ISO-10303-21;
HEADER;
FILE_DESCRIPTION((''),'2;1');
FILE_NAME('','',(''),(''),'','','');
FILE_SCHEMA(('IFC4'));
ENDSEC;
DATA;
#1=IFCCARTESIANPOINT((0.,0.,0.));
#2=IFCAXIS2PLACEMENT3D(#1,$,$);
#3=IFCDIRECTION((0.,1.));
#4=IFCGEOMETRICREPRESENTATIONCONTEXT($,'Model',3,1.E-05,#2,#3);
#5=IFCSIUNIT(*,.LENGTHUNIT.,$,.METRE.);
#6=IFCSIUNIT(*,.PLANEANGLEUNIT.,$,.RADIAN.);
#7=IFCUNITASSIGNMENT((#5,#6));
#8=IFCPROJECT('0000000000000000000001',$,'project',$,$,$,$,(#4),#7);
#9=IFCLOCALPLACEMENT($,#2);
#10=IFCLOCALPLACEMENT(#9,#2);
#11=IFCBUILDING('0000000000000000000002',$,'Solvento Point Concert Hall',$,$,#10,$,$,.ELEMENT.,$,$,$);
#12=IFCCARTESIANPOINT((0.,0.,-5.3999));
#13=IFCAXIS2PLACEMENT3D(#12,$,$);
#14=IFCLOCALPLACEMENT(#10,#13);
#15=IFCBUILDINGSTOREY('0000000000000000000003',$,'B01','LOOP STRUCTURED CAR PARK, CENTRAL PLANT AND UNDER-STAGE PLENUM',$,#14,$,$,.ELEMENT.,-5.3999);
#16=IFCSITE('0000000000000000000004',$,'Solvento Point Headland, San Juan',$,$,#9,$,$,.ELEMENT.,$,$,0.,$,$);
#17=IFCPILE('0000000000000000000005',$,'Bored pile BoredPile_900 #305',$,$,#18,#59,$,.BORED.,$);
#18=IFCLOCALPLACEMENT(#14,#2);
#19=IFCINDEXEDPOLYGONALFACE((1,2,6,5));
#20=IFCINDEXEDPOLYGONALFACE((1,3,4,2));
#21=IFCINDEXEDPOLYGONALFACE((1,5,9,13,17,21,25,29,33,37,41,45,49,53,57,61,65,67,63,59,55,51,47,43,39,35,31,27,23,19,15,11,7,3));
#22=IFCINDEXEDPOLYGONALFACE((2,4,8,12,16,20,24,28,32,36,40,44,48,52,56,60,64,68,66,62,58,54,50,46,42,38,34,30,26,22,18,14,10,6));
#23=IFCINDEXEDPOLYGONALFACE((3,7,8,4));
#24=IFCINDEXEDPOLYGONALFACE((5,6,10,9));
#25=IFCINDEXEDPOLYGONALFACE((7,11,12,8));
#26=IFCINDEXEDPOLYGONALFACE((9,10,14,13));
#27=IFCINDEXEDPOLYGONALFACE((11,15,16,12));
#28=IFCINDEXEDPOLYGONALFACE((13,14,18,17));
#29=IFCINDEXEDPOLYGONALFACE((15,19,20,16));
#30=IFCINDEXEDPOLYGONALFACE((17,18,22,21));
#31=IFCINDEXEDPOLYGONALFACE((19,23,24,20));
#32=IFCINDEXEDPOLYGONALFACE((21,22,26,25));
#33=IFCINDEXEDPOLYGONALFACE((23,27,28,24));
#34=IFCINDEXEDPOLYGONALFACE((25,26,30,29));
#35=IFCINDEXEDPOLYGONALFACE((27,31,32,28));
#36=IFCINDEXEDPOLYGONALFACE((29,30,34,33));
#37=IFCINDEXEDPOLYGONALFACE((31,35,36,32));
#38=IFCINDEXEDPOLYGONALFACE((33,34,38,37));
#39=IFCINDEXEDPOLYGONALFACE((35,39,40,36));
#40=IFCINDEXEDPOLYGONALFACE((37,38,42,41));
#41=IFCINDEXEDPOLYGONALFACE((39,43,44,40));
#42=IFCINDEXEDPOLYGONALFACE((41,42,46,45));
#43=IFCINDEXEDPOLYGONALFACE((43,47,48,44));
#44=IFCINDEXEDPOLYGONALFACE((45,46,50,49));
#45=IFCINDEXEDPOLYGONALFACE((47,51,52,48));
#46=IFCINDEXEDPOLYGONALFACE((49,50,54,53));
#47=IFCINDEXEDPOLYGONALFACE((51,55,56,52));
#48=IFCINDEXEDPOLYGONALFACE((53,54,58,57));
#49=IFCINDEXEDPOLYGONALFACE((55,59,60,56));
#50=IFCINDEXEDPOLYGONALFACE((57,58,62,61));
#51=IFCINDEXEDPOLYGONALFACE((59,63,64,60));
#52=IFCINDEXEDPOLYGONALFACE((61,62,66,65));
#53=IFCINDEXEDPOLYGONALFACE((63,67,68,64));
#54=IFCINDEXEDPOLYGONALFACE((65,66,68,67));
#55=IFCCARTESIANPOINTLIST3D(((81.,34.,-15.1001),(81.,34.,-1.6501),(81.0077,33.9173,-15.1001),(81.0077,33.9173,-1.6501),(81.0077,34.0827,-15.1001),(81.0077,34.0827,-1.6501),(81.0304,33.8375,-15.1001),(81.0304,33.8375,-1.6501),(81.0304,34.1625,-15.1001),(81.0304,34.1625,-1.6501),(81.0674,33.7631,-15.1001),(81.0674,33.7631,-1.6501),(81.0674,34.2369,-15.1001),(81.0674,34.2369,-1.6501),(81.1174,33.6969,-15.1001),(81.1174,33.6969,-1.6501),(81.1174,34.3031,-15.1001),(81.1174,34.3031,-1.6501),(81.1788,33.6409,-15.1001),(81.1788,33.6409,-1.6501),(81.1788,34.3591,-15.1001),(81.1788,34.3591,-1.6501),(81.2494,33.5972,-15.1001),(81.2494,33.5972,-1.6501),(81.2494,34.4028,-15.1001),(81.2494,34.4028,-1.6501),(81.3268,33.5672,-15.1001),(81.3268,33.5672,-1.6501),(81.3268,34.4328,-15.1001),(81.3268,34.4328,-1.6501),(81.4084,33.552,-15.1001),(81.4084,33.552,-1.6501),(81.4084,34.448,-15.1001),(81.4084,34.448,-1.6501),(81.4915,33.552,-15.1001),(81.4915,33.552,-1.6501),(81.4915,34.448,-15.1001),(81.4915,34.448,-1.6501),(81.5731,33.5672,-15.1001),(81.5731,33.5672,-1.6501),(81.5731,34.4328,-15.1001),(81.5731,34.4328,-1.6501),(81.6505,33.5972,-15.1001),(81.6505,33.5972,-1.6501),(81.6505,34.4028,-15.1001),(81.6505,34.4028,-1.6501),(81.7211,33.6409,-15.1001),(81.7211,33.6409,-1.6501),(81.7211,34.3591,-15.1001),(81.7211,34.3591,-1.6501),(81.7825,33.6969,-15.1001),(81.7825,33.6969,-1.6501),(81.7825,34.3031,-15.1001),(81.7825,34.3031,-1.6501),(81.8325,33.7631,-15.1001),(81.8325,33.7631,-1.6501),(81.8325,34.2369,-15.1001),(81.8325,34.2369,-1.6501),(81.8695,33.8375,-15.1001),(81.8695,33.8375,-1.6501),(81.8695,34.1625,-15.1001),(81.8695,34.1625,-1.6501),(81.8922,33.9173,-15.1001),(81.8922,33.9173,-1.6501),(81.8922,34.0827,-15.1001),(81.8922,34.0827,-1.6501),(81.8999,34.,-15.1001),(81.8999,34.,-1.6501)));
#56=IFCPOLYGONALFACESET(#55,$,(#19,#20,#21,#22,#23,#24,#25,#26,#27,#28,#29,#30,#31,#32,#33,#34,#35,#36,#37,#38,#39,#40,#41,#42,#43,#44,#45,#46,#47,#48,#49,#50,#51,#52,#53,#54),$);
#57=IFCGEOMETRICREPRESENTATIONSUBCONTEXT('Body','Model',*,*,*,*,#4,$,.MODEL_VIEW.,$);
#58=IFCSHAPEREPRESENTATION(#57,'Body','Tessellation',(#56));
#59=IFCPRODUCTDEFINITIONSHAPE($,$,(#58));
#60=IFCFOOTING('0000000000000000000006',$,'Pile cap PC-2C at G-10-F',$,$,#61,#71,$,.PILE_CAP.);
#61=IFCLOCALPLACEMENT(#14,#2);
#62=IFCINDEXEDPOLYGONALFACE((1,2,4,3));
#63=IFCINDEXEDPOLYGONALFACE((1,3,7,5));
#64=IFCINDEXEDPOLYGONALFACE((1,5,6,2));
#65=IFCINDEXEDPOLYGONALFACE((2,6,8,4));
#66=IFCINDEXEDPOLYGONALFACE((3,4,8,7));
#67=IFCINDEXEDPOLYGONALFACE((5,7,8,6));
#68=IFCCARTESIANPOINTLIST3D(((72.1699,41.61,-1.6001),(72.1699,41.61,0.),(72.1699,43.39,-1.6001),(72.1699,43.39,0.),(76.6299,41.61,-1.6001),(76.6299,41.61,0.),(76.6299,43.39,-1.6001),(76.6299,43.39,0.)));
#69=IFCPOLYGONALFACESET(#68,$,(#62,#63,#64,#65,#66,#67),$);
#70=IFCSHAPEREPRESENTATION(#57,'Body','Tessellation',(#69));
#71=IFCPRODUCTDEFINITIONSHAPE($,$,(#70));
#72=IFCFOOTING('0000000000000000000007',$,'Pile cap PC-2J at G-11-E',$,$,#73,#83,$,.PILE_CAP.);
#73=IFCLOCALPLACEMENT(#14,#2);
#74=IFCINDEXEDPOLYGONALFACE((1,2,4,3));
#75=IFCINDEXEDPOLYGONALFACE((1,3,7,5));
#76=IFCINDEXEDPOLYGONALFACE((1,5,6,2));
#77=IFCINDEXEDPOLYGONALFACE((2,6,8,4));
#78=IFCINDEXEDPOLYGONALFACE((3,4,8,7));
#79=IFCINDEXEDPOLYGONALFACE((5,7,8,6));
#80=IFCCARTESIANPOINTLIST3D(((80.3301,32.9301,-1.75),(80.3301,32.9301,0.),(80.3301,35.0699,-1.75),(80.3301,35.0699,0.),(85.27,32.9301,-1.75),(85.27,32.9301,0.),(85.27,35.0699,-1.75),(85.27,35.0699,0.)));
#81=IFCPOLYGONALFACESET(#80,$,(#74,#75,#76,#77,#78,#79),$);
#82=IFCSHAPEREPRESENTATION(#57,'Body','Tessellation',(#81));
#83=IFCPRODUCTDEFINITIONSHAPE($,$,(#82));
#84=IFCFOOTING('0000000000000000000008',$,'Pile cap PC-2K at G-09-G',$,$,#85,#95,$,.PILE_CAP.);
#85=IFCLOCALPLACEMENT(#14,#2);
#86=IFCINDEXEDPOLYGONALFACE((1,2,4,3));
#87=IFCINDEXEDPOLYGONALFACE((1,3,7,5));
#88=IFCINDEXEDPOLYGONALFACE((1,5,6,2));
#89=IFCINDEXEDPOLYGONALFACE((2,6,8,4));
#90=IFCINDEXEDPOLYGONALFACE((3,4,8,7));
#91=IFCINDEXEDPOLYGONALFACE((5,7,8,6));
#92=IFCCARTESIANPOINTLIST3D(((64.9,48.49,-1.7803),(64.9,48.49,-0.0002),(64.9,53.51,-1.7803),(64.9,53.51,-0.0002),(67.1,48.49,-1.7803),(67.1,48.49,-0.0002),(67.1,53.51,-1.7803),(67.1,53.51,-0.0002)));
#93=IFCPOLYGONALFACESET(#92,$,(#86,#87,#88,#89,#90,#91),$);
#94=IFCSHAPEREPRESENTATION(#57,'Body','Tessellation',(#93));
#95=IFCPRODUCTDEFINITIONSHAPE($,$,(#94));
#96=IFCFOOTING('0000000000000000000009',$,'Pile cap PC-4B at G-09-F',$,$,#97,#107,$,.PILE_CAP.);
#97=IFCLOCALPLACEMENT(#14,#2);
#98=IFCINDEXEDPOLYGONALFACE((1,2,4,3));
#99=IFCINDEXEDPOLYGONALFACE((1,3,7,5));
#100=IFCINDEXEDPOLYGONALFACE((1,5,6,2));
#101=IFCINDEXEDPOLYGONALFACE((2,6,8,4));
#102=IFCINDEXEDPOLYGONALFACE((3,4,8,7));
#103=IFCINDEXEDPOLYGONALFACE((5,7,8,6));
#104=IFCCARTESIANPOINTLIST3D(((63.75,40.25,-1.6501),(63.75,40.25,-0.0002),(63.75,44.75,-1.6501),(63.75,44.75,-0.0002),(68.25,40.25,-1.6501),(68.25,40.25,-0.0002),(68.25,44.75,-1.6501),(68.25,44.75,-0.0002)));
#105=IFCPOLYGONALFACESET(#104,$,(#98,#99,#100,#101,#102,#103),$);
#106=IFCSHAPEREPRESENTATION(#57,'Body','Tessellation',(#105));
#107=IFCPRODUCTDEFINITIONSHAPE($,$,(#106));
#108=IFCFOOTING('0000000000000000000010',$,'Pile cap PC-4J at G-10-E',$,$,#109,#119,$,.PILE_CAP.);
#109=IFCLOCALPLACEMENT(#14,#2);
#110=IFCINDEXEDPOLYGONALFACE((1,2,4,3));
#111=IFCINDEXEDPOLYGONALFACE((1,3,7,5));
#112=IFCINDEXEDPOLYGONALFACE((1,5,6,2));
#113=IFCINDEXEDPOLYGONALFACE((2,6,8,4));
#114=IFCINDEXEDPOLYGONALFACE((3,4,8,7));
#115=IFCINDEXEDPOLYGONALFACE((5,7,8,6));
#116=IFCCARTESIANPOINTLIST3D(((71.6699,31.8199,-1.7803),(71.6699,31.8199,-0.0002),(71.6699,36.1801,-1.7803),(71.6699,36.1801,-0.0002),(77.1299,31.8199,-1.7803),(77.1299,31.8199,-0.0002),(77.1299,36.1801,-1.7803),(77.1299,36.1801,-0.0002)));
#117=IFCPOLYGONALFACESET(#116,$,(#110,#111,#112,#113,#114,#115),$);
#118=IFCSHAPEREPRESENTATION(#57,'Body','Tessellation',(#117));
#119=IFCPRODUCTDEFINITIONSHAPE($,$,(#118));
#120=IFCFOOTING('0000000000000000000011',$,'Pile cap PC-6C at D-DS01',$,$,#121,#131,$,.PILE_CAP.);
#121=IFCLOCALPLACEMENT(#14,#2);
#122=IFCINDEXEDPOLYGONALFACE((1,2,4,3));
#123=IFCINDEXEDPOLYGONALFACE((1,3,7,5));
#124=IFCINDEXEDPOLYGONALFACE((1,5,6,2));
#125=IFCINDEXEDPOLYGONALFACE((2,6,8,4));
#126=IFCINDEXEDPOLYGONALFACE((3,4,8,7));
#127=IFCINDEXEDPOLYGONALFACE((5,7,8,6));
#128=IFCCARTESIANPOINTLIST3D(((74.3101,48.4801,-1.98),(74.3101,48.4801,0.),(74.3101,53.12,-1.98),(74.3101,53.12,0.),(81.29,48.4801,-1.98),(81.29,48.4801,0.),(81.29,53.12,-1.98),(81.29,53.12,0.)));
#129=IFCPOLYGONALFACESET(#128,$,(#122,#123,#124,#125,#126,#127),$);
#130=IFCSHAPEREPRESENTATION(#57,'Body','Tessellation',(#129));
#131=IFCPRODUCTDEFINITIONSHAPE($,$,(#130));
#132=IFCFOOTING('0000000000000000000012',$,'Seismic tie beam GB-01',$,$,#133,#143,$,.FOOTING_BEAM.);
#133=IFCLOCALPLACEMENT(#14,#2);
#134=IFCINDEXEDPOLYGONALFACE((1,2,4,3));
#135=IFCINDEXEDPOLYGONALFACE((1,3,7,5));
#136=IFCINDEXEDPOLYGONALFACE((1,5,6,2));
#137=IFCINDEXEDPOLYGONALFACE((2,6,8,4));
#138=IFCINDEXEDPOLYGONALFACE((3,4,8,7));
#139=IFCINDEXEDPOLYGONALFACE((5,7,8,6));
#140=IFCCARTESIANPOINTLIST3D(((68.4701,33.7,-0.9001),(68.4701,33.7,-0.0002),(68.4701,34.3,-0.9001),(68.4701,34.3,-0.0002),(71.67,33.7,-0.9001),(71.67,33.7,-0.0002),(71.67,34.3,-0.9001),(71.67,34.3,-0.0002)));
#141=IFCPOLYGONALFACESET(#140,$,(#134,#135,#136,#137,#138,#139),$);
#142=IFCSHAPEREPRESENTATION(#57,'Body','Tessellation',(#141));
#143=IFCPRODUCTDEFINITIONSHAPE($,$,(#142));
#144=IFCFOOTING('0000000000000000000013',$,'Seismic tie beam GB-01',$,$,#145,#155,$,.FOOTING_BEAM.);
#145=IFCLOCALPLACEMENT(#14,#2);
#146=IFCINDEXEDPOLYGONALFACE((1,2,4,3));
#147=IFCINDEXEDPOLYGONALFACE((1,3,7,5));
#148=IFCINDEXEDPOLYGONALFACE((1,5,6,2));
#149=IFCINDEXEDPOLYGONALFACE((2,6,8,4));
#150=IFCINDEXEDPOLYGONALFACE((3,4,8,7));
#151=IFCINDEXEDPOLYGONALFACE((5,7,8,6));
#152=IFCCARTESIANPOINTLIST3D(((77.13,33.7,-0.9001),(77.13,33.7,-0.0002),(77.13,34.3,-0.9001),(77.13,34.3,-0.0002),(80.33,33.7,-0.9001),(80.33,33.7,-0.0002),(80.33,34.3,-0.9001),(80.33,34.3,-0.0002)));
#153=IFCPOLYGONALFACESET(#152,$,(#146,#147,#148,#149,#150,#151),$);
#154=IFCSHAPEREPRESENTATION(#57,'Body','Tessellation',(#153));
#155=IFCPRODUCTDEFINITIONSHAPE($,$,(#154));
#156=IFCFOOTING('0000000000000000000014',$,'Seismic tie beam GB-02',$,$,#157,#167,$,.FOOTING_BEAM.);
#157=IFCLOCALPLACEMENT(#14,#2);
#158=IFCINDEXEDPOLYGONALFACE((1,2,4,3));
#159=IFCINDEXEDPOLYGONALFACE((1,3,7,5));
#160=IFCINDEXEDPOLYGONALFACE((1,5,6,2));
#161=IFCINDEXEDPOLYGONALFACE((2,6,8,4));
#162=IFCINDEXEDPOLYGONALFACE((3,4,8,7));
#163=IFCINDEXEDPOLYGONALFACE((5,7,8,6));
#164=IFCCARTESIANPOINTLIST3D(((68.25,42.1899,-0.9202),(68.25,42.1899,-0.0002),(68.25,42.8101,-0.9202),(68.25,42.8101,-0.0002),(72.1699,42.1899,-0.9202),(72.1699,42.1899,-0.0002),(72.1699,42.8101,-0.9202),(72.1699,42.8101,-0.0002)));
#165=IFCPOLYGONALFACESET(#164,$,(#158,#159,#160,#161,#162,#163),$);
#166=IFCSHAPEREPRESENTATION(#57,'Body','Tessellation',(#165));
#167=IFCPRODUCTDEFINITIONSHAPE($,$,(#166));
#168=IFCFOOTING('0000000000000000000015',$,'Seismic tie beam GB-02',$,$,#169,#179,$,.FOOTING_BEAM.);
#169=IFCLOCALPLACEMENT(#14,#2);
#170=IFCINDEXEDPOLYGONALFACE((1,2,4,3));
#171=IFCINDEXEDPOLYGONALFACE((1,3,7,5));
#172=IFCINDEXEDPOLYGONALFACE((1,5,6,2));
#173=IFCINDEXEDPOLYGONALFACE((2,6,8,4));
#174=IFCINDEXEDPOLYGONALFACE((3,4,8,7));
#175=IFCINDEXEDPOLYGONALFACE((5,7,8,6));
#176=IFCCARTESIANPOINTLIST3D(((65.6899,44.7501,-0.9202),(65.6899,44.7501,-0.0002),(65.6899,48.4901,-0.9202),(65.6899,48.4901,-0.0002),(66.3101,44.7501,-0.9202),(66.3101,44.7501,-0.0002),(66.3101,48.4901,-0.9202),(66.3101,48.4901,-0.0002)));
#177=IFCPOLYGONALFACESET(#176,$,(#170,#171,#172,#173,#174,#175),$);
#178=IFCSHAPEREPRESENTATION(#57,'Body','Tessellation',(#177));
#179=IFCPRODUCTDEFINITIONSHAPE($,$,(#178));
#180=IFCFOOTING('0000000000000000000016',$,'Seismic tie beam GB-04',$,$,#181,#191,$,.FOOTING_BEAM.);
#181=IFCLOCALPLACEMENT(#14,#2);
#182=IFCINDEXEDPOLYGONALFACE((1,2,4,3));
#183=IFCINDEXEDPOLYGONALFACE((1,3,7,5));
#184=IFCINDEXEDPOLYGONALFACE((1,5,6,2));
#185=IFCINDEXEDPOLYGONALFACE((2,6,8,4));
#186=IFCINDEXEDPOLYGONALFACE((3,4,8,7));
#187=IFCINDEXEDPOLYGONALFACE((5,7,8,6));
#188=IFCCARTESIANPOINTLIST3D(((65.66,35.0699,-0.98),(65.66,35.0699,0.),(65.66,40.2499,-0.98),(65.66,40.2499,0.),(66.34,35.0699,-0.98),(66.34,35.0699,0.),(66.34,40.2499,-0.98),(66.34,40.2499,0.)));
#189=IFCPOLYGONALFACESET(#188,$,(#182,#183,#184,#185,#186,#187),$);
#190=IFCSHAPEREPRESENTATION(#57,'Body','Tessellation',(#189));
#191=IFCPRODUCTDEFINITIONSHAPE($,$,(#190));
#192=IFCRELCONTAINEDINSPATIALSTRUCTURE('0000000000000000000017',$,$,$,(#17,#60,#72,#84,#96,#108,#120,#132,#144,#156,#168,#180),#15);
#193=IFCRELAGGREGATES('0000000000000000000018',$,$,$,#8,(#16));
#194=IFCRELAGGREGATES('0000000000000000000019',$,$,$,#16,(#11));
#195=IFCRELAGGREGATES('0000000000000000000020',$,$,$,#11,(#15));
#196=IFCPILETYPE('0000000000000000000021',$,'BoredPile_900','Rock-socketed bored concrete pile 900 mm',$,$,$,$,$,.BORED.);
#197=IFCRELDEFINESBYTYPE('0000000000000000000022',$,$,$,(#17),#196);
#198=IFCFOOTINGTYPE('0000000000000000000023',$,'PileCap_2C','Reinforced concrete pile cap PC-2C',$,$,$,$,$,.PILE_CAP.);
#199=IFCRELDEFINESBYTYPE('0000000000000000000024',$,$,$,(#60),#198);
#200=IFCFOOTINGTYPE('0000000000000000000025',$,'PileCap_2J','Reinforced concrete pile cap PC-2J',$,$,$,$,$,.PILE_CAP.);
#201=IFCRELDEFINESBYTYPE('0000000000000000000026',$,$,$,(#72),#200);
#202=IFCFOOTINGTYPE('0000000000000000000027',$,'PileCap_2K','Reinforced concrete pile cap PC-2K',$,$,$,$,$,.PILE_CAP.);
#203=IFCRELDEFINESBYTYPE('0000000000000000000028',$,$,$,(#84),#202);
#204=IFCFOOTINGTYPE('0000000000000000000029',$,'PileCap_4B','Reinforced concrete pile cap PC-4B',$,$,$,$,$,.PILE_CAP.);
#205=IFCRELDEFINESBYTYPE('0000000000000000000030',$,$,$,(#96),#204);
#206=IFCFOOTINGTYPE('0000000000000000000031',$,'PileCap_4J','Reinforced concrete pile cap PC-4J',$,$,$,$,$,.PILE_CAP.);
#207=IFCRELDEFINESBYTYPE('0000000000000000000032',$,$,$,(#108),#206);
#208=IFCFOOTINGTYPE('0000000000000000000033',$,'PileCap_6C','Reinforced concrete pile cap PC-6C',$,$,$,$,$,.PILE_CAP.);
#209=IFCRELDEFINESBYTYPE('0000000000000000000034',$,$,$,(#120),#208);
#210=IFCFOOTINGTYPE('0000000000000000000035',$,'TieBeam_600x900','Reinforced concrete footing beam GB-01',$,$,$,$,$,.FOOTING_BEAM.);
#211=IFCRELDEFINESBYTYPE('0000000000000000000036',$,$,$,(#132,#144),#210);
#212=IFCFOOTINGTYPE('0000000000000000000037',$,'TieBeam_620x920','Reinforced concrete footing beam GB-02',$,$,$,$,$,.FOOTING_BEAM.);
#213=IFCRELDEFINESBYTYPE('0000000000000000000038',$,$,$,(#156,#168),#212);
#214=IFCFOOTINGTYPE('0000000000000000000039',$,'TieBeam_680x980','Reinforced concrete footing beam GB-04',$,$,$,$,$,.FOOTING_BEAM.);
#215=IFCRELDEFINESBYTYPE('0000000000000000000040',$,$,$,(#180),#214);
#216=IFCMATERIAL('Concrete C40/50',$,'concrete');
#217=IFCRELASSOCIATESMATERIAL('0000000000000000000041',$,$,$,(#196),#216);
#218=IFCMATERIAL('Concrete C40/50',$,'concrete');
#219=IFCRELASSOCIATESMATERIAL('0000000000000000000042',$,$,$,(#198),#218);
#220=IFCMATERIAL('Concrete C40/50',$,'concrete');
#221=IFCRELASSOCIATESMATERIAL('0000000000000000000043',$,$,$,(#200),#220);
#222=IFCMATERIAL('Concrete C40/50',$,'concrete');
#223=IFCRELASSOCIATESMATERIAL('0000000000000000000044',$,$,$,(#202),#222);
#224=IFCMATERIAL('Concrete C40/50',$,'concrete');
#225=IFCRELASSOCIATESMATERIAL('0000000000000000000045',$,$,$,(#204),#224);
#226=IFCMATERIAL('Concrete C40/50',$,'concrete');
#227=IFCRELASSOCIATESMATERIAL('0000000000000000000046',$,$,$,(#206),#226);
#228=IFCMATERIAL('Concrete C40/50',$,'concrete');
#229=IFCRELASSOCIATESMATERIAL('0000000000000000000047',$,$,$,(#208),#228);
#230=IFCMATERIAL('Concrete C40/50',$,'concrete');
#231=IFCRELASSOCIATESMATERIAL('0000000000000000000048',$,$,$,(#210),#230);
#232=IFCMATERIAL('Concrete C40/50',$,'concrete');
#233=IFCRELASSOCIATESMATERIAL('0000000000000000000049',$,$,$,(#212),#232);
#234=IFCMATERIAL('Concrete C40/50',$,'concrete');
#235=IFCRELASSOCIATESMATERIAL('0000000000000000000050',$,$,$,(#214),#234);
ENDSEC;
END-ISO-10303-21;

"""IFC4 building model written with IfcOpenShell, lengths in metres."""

from ifc_helpers import new_model, si_unit, direction, frame, origin, origin_2d, place, context, subcontext, project, spatial, rectangle, circle, extrude, material, material_profile, profile_set, type_object, element, save


model = new_model("IFC4")

# Units and contexts
model_context = context("Model", 3, precision=1e-05, world=origin(), true_north=direction((0.0, 1.0)))
body_context = subcontext(model_context, "Body", "Model", "MODEL_VIEW")
ifc_project = project(units=[si_unit("LENGTHUNIT", "METRE"), si_unit("PLANEANGLEUNIT", "RADIAN")], contexts=[model_context])

# Site, building, storey
site_placement = place(None, origin())
site = spatial("IfcSite", under=ifc_project, at=site_placement, Name="Solvento Point Headland, San Juan", CompositionType="ELEMENT", RefElevation=0.0)
building_placement = place(site_placement, origin())
building = spatial("IfcBuilding", under=site, at=building_placement, Name="Solvento Point Concert Hall", CompositionType="ELEMENT")
storey_placement = place(building_placement, frame((0.0, 0.0, -5.3999)))
storey = spatial("IfcBuildingStorey", under=building, at=storey_placement, Name="B01", Description="LOOP STRUCTURED CAR PARK, CENTRAL PLANT AND UNDER-STAGE PLENUM", CompositionType="ELEMENT", Elevation=-5.3999)

# Pile
ifc_material_1 = material(Name="Concrete C40/50", Category="concrete")
ifc_material_profile_1 = material_profile(ifc_material_1, circle(Radius=0.45, at=origin_2d()), Name="BP-900")
ifc_profile_set_1 = profile_set([ifc_material_profile_1], Name="Concrete C40/50")
pile_type_1 = type_object("IfcPileType", Name="BoredPile_900", Description="Rock-socketed bored concrete pile 900 mm", PredefinedType="BORED", material=ifc_profile_set_1)
pile_1_placement = place(storey_placement, frame((81.45, 34.0, -1.6501), z_axis=(0.0, 0.0, -1.0), x_axis=(1.0, 0.0, 0.0)))
element("IfcPile", 1, at=pile_1_placement, inside=storey, type_object=pile_type_1, Name="Bored pile BoredPile_900 #305", PredefinedType="BORED", context=body_context, shape_type="SweptSolid", body=[
    extrude(circle(Radius=0.45, at=origin_2d()), origin(), (0.0, 0.0, 1.0), 13.45),
])

# Footings
ifc_material_2 = material(Name="Concrete C40/50", Category="concrete")
footing_type_1 = type_object("IfcFootingType", Name="PileCap_2C", Description="Reinforced concrete pile cap PC-2C", PredefinedType="PILE_CAP", material=ifc_material_2)
footing_1_placement = place(storey_placement, frame((74.3999, 42.5, -1.6001), z_axis=(0.0, 0.0, 1.0), x_axis=(1.0, 0.0, 0.0)))
element("IfcFooting", 2, at=footing_1_placement, inside=storey, type_object=footing_type_1, Name="Pile cap PC-2C at G-10-F", PredefinedType="PILE_CAP", context=body_context, shape_type="SweptSolid", body=[
    extrude(rectangle(XDim=4.46, YDim=1.78, at=origin_2d()), origin(), (0.0, 0.0, 1.0), 1.6001),
])
ifc_material_3 = material(Name="Concrete C40/50", Category="concrete")
footing_type_2 = type_object("IfcFootingType", Name="PileCap_2J", Description="Reinforced concrete pile cap PC-2J", PredefinedType="PILE_CAP", material=ifc_material_3)
footing_2_placement = place(storey_placement, frame((82.8, 34.0, -1.75), z_axis=(0.0, 0.0, 1.0), x_axis=(1.0, 0.0, 0.0)))
element("IfcFooting", 3, at=footing_2_placement, inside=storey, type_object=footing_type_2, Name="Pile cap PC-2J at G-11-E", PredefinedType="PILE_CAP", context=body_context, shape_type="SweptSolid", body=[
    extrude(rectangle(XDim=4.9399, YDim=2.1399, at=origin_2d()), origin(), (0.0, 0.0, 1.0), 1.75),
])
ifc_material_4 = material(Name="Concrete C40/50", Category="concrete")
footing_type_3 = type_object("IfcFootingType", Name="PileCap_2K", Description="Reinforced concrete pile cap PC-2K", PredefinedType="PILE_CAP", material=ifc_material_4)
footing_3_placement = place(storey_placement, frame((66.0, 51.0, -1.7803), z_axis=(0.0, 0.0, 1.0), x_axis=(1.0, 0.0, 0.0)))
element("IfcFooting", 4, at=footing_3_placement, inside=storey, type_object=footing_type_3, Name="Pile cap PC-2K at G-09-G", PredefinedType="PILE_CAP", context=body_context, shape_type="SweptSolid", body=[
    extrude(rectangle(XDim=2.2, YDim=5.02, at=origin_2d()), origin(), (0.0, 0.0, 1.0), 1.78),
])
ifc_material_5 = material(Name="Concrete C40/50", Category="concrete")
footing_type_4 = type_object("IfcFootingType", Name="PileCap_4B", Description="Reinforced concrete pile cap PC-4B", PredefinedType="PILE_CAP", material=ifc_material_5)
footing_4_placement = place(storey_placement, frame((66.0, 42.5, -1.6501), z_axis=(0.0, 0.0, 1.0), x_axis=(1.0, 0.0, 0.0)))
element("IfcFooting", 5, at=footing_4_placement, inside=storey, type_object=footing_type_4, Name="Pile cap PC-4B at G-09-F", PredefinedType="PILE_CAP", context=body_context, shape_type="SweptSolid", body=[
    extrude(rectangle(XDim=4.5, YDim=4.5, at=origin_2d()), origin(), (0.0, 0.0, 1.0), 1.6499),
])
ifc_material_6 = material(Name="Concrete C40/50", Category="concrete")
footing_type_5 = type_object("IfcFootingType", Name="PileCap_4J", Description="Reinforced concrete pile cap PC-4J", PredefinedType="PILE_CAP", material=ifc_material_6)
footing_5_placement = place(storey_placement, frame((74.3999, 34.0, -1.7803), z_axis=(0.0, 0.0, 1.0), x_axis=(1.0, 0.0, 0.0)))
element("IfcFooting", 6, at=footing_5_placement, inside=storey, type_object=footing_type_5, Name="Pile cap PC-4J at G-10-E", PredefinedType="PILE_CAP", context=body_context, shape_type="SweptSolid", body=[
    extrude(rectangle(XDim=5.46, YDim=4.3601, at=origin_2d()), origin(), (0.0, 0.0, 1.0), 1.78),
])
ifc_material_7 = material(Name="Concrete C40/50", Category="concrete")
footing_type_6 = type_object("IfcFootingType", Name="PileCap_6C", Description="Reinforced concrete pile cap PC-6C", PredefinedType="PILE_CAP", material=ifc_material_7)
footing_6_placement = place(storey_placement, frame((77.8, 50.8, -1.98), z_axis=(0.0, 0.0, 1.0), x_axis=(1.0, 0.0, 0.0)))
element("IfcFooting", 7, at=footing_6_placement, inside=storey, type_object=footing_type_6, Name="Pile cap PC-6C at D-DS01", PredefinedType="PILE_CAP", context=body_context, shape_type="SweptSolid", body=[
    extrude(rectangle(XDim=6.98, YDim=4.6399, at=origin_2d()), origin(), (0.0, 0.0, 1.0), 1.98),
])
ifc_material_8 = material(Name="Concrete C40/50", Category="concrete")
footing_type_7 = type_object("IfcFootingType", Name="TieBeam_600x900", Description="Reinforced concrete footing beam GB-01", PredefinedType="FOOTING_BEAM", material=ifc_material_8)
for number, where, z_axis, x_axis, name in (
    (8, (70.0701, 34.0, -0.9001), (0.0, 0.0, 1.0), (1.0, 0.0, 0.0), "Seismic tie beam GB-01"),
    (9, (78.73, 34.0, -0.9001), (0.0, 0.0, 1.0), (1.0, 0.0, 0.0), "Seismic tie beam GB-01"),
):
    element("IfcFooting", number, at=place(storey_placement, frame(where, z_axis=z_axis, x_axis=x_axis)), inside=storey, type_object=footing_type_7, Name=name, PredefinedType="FOOTING_BEAM", context=body_context, shape_type="SweptSolid", body=[
        extrude(rectangle(XDim=3.2, YDim=0.6001, at=origin_2d()), origin(), (0.0, 0.0, 1.0), 0.8999),
    ])
ifc_material_9 = material(Name="Concrete C40/50", Category="concrete")
footing_type_8 = type_object("IfcFootingType", Name="TieBeam_620x920", Description="Reinforced concrete footing beam GB-02", PredefinedType="FOOTING_BEAM", material=ifc_material_9)
footing_7_placement = place(storey_placement, frame((70.21, 42.5, -0.9202), z_axis=(0.0, 0.0, 1.0), x_axis=(1.0, 0.0, 0.0)))
element("IfcFooting", 10, at=footing_7_placement, inside=storey, type_object=footing_type_8, Name="Seismic tie beam GB-02", PredefinedType="FOOTING_BEAM", context=body_context, shape_type="SweptSolid", body=[
    extrude(rectangle(XDim=3.9199, YDim=0.6201, at=origin_2d()), origin(), (0.0, 0.0, 1.0), 0.9199),
])
footing_8_placement = place(storey_placement, frame((66.0, 46.6201, -0.9202), z_axis=(0.0, 0.0, 1.0), x_axis=(0.0, 1.0, 0.0)))
element("IfcFooting", 11, at=footing_8_placement, inside=storey, type_object=footing_type_8, Name="Seismic tie beam GB-02", PredefinedType="FOOTING_BEAM", context=body_context, shape_type="SweptSolid", body=[
    extrude(rectangle(XDim=3.74, YDim=0.6201, at=origin_2d()), origin(), (0.0, 0.0, 1.0), 0.9199),
])
ifc_material_10 = material(Name="Concrete C40/50", Category="concrete")
footing_type_9 = type_object("IfcFootingType", Name="TieBeam_680x980", Description="Reinforced concrete footing beam GB-04", PredefinedType="FOOTING_BEAM", material=ifc_material_10)
footing_9_placement = place(storey_placement, frame((66.0, 37.6599, -0.98), z_axis=(0.0, 0.0, 1.0), x_axis=(0.0, 1.0, 0.0)))
element("IfcFooting", 12, at=footing_9_placement, inside=storey, type_object=footing_type_9, Name="Seismic tie beam GB-04", PredefinedType="FOOTING_BEAM", context=body_context, shape_type="SweptSolid", body=[
    extrude(rectangle(XDim=5.1799, YDim=0.6799, at=origin_2d()), origin(), (0.0, 0.0, 1.0), 0.98),
])

save(model, "model.ifc")
